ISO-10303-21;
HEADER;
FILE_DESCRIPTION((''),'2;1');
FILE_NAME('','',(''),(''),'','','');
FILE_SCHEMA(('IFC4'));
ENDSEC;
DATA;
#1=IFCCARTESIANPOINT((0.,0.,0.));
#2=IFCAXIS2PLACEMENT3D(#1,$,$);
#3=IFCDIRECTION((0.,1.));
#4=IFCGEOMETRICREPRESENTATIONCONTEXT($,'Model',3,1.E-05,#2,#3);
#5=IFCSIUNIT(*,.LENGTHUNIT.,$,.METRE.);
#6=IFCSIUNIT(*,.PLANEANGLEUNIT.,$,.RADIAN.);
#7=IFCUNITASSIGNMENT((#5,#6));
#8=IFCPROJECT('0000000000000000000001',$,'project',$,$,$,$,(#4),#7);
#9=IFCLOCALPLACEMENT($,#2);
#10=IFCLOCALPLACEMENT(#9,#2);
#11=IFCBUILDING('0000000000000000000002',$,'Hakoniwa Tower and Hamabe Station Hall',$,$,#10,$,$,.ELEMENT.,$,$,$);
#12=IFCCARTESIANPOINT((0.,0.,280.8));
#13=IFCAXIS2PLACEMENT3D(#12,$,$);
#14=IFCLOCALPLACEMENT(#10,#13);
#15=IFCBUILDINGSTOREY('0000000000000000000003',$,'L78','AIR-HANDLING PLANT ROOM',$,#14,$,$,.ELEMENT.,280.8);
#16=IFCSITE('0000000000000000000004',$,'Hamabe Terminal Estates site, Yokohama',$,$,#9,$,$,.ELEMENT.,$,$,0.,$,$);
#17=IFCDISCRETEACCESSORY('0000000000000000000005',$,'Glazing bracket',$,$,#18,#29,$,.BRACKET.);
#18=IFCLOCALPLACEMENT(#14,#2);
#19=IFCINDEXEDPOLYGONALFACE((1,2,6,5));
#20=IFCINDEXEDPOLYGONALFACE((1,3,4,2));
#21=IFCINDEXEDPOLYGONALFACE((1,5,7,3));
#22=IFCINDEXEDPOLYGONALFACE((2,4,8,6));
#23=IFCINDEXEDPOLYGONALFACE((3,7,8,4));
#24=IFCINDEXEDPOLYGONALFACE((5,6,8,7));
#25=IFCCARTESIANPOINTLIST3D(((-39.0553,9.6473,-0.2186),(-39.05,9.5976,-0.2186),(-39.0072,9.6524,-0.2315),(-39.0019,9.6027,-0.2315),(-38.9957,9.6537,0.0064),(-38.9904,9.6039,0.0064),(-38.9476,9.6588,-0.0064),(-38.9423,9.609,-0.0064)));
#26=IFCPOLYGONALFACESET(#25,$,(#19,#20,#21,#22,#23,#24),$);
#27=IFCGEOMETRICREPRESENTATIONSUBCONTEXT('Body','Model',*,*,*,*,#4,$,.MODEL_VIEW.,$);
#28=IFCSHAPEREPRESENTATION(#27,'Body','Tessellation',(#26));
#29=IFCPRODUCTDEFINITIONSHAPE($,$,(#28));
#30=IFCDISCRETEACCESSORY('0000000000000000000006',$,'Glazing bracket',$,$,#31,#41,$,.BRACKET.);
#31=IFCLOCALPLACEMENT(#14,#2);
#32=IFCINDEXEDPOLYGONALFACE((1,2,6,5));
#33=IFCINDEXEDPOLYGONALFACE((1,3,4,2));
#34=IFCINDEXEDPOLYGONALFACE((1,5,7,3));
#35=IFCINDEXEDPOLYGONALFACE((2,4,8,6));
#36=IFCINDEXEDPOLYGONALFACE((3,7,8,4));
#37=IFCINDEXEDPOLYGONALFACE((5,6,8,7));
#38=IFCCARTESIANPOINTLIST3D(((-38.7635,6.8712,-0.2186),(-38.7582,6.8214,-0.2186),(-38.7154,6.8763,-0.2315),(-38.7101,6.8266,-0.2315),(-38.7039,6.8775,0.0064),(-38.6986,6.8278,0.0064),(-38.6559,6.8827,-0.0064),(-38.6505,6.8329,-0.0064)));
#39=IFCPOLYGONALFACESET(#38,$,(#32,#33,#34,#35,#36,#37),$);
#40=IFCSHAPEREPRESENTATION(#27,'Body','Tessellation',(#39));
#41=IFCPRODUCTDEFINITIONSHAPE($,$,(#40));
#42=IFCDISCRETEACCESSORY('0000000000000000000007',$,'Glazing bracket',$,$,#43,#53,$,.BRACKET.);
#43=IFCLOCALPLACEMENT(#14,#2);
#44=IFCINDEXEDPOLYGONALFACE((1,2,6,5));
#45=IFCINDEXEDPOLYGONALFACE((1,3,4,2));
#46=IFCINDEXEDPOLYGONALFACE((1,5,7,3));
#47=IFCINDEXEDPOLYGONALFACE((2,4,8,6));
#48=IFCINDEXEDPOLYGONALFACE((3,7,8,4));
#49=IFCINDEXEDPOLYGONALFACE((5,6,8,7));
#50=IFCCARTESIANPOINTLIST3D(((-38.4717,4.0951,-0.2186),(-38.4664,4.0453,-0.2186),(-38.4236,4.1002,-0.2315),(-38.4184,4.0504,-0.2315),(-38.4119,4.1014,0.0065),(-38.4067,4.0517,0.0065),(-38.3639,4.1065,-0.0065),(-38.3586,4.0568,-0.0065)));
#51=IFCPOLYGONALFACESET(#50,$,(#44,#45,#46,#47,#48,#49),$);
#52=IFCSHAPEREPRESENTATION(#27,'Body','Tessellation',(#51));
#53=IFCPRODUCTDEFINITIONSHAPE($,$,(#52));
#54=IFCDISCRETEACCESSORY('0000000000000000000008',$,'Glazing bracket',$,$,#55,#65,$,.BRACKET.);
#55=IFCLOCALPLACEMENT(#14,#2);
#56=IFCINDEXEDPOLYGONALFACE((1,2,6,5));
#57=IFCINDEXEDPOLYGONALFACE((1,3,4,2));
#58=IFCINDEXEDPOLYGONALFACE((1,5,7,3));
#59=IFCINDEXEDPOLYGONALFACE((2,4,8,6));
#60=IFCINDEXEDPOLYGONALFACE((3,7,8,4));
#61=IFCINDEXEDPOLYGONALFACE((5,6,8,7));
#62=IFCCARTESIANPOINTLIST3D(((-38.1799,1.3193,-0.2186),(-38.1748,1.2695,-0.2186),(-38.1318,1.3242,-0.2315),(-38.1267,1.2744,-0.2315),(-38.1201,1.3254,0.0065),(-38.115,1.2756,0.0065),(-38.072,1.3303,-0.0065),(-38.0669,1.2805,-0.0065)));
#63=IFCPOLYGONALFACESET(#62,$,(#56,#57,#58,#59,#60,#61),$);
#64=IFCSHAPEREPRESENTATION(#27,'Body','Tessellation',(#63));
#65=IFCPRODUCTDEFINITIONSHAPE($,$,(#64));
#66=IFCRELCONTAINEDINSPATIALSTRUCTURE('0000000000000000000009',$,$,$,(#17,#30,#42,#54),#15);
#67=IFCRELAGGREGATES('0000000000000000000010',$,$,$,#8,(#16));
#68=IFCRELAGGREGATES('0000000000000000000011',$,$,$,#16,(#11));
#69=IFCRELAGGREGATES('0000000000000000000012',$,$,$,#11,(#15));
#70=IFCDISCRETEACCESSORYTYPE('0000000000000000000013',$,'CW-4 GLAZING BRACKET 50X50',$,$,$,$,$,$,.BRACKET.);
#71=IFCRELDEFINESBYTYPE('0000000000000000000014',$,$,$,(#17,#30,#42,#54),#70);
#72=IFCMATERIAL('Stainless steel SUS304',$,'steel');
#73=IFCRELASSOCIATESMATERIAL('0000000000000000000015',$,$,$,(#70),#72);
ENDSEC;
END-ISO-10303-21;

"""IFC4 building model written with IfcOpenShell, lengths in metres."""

from ifc_helpers import new_model, si_unit, direction, frame, origin, origin_2d, place, context, subcontext, project, spatial, rectangle, extrude, material, material_profile, profile_set, type_object, element, save


model = new_model("IFC4")

# Units and contexts
model_context = context("Model", 3, precision=1e-05, world=origin(), true_north=direction((0.0, 1.0)))
body_context = subcontext(model_context, "Body", "Model", "MODEL_VIEW")
ifc_project = project(units=[si_unit("LENGTHUNIT", "METRE"), si_unit("PLANEANGLEUNIT", "RADIAN")], contexts=[model_context])

# Site, building, storey
site_placement = place(None, origin())
site = spatial("IfcSite", under=ifc_project, at=site_placement, Name="Hamabe Terminal Estates site, Yokohama", CompositionType="ELEMENT", RefElevation=0.0)
building_placement = place(site_placement, origin())
building = spatial("IfcBuilding", under=site, at=building_placement, Name="Hakoniwa Tower and Hamabe Station Hall", CompositionType="ELEMENT")
storey_placement = place(building_placement, frame((0.0, 0.0, 280.8)))
storey = spatial("IfcBuildingStorey", under=building, at=storey_placement, Name="L78", Description="AIR-HANDLING PLANT ROOM", CompositionType="ELEMENT", Elevation=280.8)

# Discrete accessories
ifc_material_1 = material(Name="Stainless steel SUS304", Category="steel")
ifc_material_profile_1 = material_profile(ifc_material_1, rectangle(XDim=0.05, YDim=0.05, at=origin_2d()), Name="CW-4 GLAZING BRACKET 50X50")
ifc_profile_set_1 = profile_set([ifc_material_profile_1], Name="Stainless steel SUS304")
discrete_accessory_type = type_object("IfcDiscreteAccessoryType", Name="CW-4 GLAZING BRACKET 50X50", PredefinedType="BRACKET", material=ifc_profile_set_1)
for number, where, z_axis, x_axis, name in (
    (1, (-38.969, 9.6313, 0.0), (-0.25574, -0.027251, -0.966361), (0.105958, -0.994371, 0.0), "Glazing bracket"),
    (2, (-38.6772, 6.8552, 0.0), (-0.25574, -0.027251, -0.966361), (0.105958, -0.994371, 0.0), "Glazing bracket"),
    (3, (-38.3853, 4.0791, 0.0), (-0.256719, -0.027244, -0.966102), (0.10553, -0.994416, 0.0), "Glazing bracket"),
    (4, (-38.0935, 1.303, 0.0), (-0.256726, -0.026197, -0.966129), (0.101514, -0.994834, 0.0), "Glazing bracket"),
):
    element("IfcDiscreteAccessory", number, at=place(storey_placement, frame(where, z_axis=z_axis, x_axis=x_axis)), inside=storey, type_object=discrete_accessory_type, Name=name, PredefinedType="BRACKET", context=body_context, shape_type="SweptSolid", body=[
        extrude(rectangle(XDim=0.05, YDim=0.05, at=origin_2d()), origin(), (0.0, 0.0, 1.0), 0.2329),
    ])

save(model, "model.ifc")
